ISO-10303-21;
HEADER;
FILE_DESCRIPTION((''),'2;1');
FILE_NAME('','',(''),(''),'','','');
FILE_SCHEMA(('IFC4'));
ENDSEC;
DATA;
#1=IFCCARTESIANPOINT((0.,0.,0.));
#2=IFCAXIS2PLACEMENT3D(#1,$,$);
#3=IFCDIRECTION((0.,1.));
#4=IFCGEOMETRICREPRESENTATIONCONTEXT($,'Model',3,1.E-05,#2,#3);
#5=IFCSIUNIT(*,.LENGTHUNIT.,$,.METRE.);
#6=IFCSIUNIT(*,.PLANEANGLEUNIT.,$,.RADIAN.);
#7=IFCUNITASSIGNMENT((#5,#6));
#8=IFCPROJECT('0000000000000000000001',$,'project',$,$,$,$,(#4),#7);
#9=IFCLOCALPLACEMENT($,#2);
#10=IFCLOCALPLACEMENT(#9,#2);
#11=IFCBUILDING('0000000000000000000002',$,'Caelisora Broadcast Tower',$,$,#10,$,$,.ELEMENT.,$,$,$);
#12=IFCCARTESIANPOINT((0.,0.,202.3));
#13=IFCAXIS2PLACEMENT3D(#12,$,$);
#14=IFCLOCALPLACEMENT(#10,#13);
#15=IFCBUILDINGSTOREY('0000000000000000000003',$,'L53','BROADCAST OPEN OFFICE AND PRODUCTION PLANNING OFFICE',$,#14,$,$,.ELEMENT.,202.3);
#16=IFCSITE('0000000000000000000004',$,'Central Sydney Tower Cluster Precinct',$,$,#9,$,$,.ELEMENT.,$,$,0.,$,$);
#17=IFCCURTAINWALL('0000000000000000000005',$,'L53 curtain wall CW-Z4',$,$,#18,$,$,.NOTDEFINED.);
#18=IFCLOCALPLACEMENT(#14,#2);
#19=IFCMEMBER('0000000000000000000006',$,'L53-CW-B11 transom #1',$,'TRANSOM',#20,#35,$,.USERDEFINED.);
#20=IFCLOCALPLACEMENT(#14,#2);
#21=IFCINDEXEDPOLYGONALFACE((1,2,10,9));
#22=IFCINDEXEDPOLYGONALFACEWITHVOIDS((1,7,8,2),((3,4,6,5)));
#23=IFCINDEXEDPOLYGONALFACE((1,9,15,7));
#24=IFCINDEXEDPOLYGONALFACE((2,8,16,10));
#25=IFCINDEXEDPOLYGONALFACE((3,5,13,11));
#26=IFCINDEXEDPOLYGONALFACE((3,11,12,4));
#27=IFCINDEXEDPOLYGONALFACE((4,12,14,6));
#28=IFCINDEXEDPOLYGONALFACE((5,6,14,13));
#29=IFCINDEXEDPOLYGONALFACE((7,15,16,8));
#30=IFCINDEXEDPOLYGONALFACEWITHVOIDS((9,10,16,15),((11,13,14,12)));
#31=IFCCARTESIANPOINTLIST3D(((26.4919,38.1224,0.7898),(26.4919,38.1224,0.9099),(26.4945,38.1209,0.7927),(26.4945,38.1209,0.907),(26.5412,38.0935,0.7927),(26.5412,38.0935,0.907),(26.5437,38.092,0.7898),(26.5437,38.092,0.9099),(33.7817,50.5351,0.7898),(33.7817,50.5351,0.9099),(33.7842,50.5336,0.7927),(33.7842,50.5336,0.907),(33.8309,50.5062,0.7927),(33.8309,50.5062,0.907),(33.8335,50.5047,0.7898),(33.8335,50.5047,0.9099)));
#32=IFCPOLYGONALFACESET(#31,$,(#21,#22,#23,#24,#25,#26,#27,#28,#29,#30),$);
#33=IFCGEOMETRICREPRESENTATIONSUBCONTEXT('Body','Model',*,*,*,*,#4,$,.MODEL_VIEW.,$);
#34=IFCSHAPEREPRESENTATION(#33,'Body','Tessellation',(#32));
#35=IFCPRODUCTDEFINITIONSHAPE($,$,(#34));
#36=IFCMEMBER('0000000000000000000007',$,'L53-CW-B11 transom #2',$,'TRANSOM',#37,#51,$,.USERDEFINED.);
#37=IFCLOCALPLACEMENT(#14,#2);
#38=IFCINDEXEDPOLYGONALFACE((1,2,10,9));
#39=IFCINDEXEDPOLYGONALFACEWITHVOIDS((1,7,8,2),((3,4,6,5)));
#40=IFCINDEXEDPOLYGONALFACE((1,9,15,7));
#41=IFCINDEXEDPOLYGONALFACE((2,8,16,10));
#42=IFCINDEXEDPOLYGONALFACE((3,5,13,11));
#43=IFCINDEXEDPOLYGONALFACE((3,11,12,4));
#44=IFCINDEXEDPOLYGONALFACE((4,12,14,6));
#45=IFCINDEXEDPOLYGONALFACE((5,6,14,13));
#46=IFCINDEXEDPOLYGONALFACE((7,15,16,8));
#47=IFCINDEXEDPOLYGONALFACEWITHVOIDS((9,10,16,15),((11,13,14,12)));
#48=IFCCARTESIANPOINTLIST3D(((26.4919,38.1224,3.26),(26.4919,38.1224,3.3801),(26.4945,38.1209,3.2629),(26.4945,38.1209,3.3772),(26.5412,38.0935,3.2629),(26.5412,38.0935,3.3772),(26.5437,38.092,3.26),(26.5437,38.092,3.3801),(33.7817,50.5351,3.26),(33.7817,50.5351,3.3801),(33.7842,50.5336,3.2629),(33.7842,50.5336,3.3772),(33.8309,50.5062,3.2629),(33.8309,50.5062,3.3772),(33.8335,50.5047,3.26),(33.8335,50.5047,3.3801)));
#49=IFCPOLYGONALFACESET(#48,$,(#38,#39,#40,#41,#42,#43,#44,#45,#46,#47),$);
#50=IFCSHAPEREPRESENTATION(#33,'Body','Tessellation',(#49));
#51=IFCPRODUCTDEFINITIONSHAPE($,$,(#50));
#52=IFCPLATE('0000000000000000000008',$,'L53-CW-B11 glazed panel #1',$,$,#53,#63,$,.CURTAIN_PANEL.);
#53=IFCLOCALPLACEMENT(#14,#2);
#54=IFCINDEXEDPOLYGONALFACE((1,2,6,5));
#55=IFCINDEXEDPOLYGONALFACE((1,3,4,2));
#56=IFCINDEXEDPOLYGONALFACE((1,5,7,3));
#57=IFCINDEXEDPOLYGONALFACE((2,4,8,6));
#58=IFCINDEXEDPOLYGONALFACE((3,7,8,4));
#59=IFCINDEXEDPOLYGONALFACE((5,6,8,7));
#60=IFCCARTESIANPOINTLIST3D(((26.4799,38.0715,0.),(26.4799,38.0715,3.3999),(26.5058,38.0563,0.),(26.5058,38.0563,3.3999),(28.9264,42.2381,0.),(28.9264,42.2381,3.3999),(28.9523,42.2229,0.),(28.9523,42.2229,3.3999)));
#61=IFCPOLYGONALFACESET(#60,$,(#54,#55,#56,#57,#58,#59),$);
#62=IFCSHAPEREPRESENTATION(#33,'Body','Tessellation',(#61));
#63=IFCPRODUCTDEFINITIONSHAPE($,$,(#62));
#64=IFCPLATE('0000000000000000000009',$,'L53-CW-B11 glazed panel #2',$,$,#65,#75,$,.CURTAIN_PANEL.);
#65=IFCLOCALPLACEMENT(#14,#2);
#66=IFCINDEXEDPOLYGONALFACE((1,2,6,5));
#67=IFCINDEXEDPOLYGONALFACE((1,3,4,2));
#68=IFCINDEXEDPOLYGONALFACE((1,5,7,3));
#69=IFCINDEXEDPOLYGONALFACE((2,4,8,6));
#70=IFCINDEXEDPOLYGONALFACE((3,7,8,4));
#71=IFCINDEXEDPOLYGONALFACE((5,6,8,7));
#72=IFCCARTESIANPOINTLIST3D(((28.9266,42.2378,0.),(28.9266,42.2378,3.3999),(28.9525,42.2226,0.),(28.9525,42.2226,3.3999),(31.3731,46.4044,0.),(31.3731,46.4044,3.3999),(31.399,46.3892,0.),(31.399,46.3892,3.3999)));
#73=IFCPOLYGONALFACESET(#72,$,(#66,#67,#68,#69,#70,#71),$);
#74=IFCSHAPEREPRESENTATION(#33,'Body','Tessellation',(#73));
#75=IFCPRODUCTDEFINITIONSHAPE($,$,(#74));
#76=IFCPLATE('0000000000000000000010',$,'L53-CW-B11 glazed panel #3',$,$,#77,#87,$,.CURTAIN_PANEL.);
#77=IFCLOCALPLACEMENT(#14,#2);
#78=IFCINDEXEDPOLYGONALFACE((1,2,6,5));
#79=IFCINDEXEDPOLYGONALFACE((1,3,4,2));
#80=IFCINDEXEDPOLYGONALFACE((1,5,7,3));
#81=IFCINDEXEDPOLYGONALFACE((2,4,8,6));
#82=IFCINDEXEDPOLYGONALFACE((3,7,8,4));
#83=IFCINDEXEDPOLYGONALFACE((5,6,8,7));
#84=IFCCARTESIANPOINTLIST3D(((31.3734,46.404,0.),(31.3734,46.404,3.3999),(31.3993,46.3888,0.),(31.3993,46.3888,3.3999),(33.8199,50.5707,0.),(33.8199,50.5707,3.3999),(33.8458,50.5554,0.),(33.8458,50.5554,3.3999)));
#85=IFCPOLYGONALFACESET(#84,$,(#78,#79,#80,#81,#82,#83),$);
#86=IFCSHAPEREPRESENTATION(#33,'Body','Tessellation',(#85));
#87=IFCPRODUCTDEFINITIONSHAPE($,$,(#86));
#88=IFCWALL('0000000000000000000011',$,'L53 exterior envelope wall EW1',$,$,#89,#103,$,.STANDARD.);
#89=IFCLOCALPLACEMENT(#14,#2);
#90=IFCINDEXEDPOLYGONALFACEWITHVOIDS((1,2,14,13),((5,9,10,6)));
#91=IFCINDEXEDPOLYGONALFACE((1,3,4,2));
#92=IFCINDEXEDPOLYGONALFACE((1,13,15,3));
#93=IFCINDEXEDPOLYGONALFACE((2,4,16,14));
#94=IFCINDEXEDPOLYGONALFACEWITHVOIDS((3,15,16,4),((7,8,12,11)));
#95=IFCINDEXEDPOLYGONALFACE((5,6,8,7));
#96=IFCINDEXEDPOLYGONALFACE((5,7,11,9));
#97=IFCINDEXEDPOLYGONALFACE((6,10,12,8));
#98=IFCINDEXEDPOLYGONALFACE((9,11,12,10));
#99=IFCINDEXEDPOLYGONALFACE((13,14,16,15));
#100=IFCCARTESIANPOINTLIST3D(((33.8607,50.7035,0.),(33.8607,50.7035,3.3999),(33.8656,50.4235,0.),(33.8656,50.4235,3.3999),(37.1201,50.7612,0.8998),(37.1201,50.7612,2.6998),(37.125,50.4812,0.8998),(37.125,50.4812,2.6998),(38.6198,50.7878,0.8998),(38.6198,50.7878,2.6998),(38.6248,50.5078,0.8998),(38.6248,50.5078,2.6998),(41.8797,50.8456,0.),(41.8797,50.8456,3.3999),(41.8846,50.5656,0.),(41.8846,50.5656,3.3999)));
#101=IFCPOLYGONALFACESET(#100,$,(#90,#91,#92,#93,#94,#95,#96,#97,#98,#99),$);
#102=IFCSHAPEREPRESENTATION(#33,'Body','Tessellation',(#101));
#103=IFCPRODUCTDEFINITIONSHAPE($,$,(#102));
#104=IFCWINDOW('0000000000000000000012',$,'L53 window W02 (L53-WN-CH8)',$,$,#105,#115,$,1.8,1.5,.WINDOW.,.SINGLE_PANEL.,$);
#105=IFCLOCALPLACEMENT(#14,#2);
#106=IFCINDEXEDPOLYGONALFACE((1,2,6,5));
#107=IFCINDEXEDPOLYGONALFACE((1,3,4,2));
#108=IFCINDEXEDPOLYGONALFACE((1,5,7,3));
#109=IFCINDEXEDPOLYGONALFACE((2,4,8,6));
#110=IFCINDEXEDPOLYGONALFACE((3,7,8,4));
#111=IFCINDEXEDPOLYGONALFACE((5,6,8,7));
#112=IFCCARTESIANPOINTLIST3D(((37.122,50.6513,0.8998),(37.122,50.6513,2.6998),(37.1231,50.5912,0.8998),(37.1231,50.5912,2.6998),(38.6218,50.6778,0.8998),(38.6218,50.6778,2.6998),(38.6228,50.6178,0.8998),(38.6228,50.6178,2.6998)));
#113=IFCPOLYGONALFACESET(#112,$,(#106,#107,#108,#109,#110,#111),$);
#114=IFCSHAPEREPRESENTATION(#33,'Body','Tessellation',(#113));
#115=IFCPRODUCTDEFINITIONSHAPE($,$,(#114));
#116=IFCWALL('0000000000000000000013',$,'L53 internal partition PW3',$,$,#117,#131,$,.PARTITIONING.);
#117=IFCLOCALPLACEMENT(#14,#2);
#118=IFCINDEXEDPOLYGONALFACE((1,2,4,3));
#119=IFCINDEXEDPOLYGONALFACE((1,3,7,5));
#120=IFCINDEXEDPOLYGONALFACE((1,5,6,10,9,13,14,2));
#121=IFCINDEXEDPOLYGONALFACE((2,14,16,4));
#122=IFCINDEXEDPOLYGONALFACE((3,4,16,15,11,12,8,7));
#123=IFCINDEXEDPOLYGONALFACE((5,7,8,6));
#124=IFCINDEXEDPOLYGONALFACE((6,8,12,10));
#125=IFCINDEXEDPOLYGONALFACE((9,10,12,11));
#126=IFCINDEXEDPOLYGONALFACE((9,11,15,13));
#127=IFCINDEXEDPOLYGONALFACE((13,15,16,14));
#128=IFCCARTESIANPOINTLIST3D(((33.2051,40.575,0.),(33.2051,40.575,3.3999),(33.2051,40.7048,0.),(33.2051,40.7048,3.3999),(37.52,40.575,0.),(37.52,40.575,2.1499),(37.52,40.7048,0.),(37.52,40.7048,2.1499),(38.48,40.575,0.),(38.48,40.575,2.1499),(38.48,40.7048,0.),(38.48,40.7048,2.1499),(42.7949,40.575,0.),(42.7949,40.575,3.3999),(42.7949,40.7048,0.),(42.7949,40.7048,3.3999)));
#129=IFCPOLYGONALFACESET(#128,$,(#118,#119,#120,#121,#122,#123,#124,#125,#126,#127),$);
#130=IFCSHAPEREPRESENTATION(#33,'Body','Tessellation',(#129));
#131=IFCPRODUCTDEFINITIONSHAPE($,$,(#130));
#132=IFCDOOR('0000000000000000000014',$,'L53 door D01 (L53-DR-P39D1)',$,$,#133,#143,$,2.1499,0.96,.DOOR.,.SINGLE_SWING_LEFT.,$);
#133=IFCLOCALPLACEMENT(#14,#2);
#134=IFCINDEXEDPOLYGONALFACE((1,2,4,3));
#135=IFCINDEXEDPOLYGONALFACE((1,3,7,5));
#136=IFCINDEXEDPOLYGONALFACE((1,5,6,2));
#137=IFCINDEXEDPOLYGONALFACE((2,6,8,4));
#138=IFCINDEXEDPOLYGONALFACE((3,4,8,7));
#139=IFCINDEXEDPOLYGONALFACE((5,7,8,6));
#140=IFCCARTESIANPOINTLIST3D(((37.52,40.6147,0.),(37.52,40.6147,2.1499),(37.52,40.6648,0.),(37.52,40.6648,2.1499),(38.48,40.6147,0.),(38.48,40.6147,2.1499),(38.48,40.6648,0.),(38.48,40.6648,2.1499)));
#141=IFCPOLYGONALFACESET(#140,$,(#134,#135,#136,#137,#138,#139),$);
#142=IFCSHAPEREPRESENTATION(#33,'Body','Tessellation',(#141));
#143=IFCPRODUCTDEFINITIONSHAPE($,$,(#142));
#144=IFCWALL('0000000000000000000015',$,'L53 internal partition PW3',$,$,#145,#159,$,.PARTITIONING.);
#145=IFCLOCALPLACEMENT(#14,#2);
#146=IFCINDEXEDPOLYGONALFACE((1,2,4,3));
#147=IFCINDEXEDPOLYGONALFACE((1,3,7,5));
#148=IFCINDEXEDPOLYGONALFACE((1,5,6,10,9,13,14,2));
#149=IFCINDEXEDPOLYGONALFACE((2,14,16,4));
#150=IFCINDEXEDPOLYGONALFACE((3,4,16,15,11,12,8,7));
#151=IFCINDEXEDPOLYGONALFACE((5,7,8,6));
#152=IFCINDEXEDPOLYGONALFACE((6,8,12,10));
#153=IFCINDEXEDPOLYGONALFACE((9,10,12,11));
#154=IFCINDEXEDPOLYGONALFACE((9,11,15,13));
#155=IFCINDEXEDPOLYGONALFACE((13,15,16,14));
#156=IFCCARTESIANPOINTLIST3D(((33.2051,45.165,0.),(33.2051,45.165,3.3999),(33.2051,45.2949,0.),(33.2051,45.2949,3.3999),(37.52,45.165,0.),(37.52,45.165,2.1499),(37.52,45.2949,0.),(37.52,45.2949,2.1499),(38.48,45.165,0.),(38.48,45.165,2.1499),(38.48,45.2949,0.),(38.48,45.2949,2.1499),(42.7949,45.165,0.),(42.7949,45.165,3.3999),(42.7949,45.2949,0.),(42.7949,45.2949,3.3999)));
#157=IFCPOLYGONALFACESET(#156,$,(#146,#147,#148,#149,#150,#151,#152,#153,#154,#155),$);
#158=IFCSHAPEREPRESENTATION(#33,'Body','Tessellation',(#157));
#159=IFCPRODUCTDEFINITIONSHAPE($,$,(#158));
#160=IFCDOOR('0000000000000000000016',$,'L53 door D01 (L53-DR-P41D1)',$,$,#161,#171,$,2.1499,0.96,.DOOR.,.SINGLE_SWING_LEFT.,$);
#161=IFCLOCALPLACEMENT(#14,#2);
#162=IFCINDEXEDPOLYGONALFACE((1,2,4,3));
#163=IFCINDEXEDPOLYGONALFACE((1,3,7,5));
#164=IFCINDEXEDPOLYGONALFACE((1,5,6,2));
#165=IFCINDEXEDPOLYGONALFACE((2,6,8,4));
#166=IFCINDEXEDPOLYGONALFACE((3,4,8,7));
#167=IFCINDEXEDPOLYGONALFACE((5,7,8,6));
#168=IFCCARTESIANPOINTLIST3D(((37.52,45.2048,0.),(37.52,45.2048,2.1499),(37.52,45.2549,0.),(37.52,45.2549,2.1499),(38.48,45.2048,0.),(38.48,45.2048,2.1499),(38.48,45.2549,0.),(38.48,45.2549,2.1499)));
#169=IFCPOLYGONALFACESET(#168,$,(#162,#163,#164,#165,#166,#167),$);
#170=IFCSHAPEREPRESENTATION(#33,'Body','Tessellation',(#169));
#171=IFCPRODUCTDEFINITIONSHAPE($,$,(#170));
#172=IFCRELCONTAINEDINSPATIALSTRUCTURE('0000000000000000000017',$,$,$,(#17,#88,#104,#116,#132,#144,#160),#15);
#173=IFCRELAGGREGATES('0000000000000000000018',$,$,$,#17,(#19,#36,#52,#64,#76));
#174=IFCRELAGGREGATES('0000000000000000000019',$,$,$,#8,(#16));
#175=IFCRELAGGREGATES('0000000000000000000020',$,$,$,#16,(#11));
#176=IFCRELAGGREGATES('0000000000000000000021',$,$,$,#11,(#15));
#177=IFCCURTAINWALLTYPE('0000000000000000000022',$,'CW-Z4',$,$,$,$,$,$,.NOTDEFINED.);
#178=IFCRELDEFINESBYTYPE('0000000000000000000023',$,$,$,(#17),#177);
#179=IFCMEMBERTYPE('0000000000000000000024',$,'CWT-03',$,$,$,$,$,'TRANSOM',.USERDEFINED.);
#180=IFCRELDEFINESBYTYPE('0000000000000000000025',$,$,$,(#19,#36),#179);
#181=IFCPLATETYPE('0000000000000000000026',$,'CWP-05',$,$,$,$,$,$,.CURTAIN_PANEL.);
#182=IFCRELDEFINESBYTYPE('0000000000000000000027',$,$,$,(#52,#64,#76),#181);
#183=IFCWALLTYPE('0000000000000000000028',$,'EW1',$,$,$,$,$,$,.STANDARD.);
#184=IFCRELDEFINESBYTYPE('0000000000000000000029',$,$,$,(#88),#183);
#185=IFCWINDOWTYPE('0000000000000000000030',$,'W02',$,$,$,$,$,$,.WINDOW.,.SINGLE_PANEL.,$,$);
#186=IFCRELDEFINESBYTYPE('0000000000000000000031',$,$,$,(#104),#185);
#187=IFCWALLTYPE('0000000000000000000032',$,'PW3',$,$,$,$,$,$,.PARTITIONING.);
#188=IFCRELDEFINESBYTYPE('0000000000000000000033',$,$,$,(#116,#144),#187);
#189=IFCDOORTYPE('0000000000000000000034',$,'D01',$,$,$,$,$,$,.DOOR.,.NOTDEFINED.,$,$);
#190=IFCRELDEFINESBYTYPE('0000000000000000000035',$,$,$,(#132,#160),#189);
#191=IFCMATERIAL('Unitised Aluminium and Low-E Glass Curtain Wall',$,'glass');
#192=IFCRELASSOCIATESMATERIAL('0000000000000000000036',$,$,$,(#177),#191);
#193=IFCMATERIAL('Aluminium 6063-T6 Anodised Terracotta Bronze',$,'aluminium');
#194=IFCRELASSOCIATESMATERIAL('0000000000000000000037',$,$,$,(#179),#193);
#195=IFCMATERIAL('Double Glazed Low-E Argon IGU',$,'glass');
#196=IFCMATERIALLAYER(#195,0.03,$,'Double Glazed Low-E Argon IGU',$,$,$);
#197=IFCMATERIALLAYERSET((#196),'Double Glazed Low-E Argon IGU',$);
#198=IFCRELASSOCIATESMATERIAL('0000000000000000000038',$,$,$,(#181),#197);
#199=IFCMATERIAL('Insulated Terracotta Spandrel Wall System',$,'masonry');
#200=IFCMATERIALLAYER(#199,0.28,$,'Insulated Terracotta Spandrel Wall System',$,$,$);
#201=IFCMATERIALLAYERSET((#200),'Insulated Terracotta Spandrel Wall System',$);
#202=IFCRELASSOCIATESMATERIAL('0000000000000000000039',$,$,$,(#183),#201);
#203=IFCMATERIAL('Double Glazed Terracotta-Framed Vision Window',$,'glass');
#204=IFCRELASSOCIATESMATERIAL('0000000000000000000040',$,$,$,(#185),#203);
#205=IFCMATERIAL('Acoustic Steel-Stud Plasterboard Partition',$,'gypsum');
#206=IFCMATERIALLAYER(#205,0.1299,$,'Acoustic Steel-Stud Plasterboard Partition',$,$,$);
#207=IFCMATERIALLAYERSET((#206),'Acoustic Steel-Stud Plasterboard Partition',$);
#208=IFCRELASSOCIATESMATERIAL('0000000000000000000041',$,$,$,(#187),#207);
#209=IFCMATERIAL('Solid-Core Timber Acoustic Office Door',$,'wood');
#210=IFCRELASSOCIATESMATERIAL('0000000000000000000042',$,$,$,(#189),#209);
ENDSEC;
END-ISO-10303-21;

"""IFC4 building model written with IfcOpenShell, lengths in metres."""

from ifc_helpers import new_model, si_unit, direction, frame, frame_2d, origin, origin_2d, place, context, subcontext, project, spatial, rectangle, hollow_rectangle, extrude, source, transform, mapped, material, layer, layer_set, material_profile, profile_set, type_object, type_shapes, element, fill, aggregate, save


model = new_model("IFC4")

# Units and contexts
model_context = context("Model", 3, precision=1e-05, world=origin(), true_north=direction((0.0, 1.0)))
body_context = subcontext(model_context, "Body", "Model", "MODEL_VIEW")
ifc_project = project(units=[si_unit("LENGTHUNIT", "METRE"), si_unit("PLANEANGLEUNIT", "RADIAN")], contexts=[model_context])

# Site, building, storey
site_placement = place(None, origin())
site = spatial("IfcSite", under=ifc_project, at=site_placement, Name="Central Sydney Tower Cluster Precinct", CompositionType="ELEMENT", RefElevation=0.0)
building_placement = place(site_placement, origin())
building = spatial("IfcBuilding", under=site, at=building_placement, Name="Caelisora Broadcast Tower", CompositionType="ELEMENT")
storey_placement = place(building_placement, frame((0.0, 0.0, 202.3)))
storey = spatial("IfcBuildingStorey", under=building, at=storey_placement, Name="L53", Description="BROADCAST OPEN OFFICE AND PRODUCTION PLANNING OFFICE", CompositionType="ELEMENT", Elevation=202.3)

# Curtain wall, members, plates
ifc_material_1 = material(Name="Unitised Aluminium and Low-E Glass Curtain Wall", Category="glass")
curtain_wall_type = type_object("IfcCurtainWallType", Name="CW-Z4", PredefinedType="NOTDEFINED", material=ifc_material_1)
curtain_wall_placement = place(storey_placement, origin())
curtain_wall = element("IfcCurtainWall", 1, at=curtain_wall_placement, inside=storey, type_object=curtain_wall_type, Name="L53 curtain wall CW-Z4", PredefinedType="NOTDEFINED")
ifc_material_2 = material(Name="Aluminium 6063-T6 Anodised Terracotta Bronze", Category="aluminium")
ifc_material_profile_1 = material_profile(ifc_material_2, hollow_rectangle(XDim=0.0601, YDim=0.1201, WallThickness=0.0029, at=origin_2d()), Name="Aluminium 6063-T6 Anodised Terracotta Bronze")
ifc_profile_set_1 = profile_set([ifc_material_profile_1], Name="Aluminium 6063-T6 Anodised Terracotta Bronze")
member_type_1 = type_object("IfcMemberType", Name="CWT-03", ElementType="TRANSOM", PredefinedType="USERDEFINED", material=ifc_profile_set_1)
shared_shape_1 = source(origin(), body_context, "Body", "SweptSolid", [
    extrude(hollow_rectangle(XDim=0.0601, YDim=0.1201, WallThickness=0.0029, at=origin_2d()), origin(), (0.0, 0.0, 1.0), 14.395),
])
type_shapes(member_type_1, [shared_shape_1])
member_1_placement = place(storey_placement, frame((26.5178, 38.1072, 0.8499), z_axis=(0.506407, 0.862295, 0.0), x_axis=(-0.862295, 0.506407, 0.0)))
member_1 = element("IfcMember", 2, at=member_1_placement, type_object=member_type_1, Name="L53-CW-B11 transom #1", ObjectType="TRANSOM", PredefinedType="USERDEFINED", context=body_context, shape_type="MappedRepresentation", body=[
    mapped(shared_shape_1, transform((0.0, 0.0, 0.0), scale=1.0)),
])
member_2_placement = place(storey_placement, frame((26.5178, 38.1072, 3.3201), z_axis=(0.506407, 0.862295, 0.0), x_axis=(-0.862295, 0.506407, 0.0)))
member_2 = element("IfcMember", 3, at=member_2_placement, type_object=member_type_1, Name="L53-CW-B11 transom #2", ObjectType="TRANSOM", PredefinedType="USERDEFINED", context=body_context, shape_type="MappedRepresentation", body=[
    mapped(shared_shape_1, transform((0.0, 0.0, 0.0), scale=1.0)),
])
ifc_material_3 = material(Name="Double Glazed Low-E Argon IGU", Category="glass")
ifc_layer_1 = layer(ifc_material_3, 0.03, Name="Double Glazed Low-E Argon IGU")
ifc_layer_set_1 = layer_set([ifc_layer_1], Name="Double Glazed Low-E Argon IGU")
plate_type = type_object("IfcPlateType", Name="CWP-05", PredefinedType="CURTAIN_PANEL", material=ifc_layer_set_1)
shared_shape_2 = source(origin(), body_context, "Body", "SweptSolid", [
    extrude(rectangle(XDim=4.8318, YDim=0.03, at=origin_2d()), origin(), (0.0, 0.0, 1.0), 3.3999),
])
type_shapes(plate_type, [shared_shape_2])
plate_1_placement = place(storey_placement, frame((27.7161, 40.1472, 0.0), z_axis=(0.0, 0.0, 1.0), x_axis=(0.506335, 0.862337, 0.0)))
plate_1 = element("IfcPlate", 4, at=plate_1_placement, type_object=plate_type, Name="L53-CW-B11 glazed panel #1", PredefinedType="CURTAIN_PANEL", context=body_context, shape_type="MappedRepresentation", body=[
    mapped(shared_shape_2, transform((0.0, 0.0, 0.0), scale=1.0)),
])
plate_2_placement = place(storey_placement, frame((30.1628, 44.3135, 0.0), z_axis=(0.0, 0.0, 1.0), x_axis=(0.506335, 0.862337, 0.0)))
plate_2 = element("IfcPlate", 5, at=plate_2_placement, type_object=plate_type, Name="L53-CW-B11 glazed panel #2", PredefinedType="CURTAIN_PANEL", context=body_context, shape_type="MappedRepresentation", body=[
    mapped(shared_shape_2, transform((0.0, 0.0, 0.0), scale=1.0)),
])
plate_3_placement = place(storey_placement, frame((32.6096, 48.4797, 0.0), z_axis=(0.0, 0.0, 1.0), x_axis=(0.506335, 0.862337, 0.0)))
plate_3 = element("IfcPlate", 6, at=plate_3_placement, type_object=plate_type, Name="L53-CW-B11 glazed panel #3", PredefinedType="CURTAIN_PANEL", context=body_context, shape_type="MappedRepresentation", body=[
    mapped(shared_shape_2, transform((0.0, 0.0, 0.0), scale=1.0)),
])
aggregate(curtain_wall, [member_1, member_2, plate_1, plate_2, plate_3])

# Wall, opening, window
ifc_material_4 = material(Name="Insulated Terracotta Spandrel Wall System", Category="masonry")
ifc_layer_2 = layer(ifc_material_4, 0.28, Name="Insulated Terracotta Spandrel Wall System")
ifc_layer_set_2 = layer_set([ifc_layer_2], Name="Insulated Terracotta Spandrel Wall System")
wall_type_1 = type_object("IfcWallType", Name="EW1", PredefinedType="STANDARD", material=ifc_layer_set_2)
wall_1_placement = place(storey_placement, frame((33.863, 50.5635, 0.0), z_axis=(0.0, 0.0, 1.0), x_axis=(0.999843, 0.017716, 0.0)))
wall_1 = element("IfcWall", 7, at=wall_1_placement, inside=storey, type_object=wall_type_1, Name="L53 exterior envelope wall EW1", PredefinedType="STANDARD", context=body_context, shape_type="SweptSolid", body=[
    extrude(rectangle(XDim=8.0203, YDim=0.28, at=frame_2d((4.0103, 0.0))), origin(), (0.0, 0.0, 1.0), 3.3999),
])
opening_1_placement = place(wall_1_placement, frame((3.26, 0.0, 0.8999)))
opening_1 = element("IfcOpeningElement", 8, at=opening_1_placement, cuts=wall_1, PredefinedType="OPENING", context=body_context, shape_type="SweptSolid", body=[
    extrude(rectangle(XDim=1.5, YDim=1.8, at=frame_2d((0.75, 0.8999))), frame((0.0, 0.1521, 0.0), z_axis=(0.0, -1.0, 0.0), x_axis=(1.0, 0.0, 0.0)), (0.0, 0.0, 1.0), 0.304),
])
ifc_material_5 = material(Name="Double Glazed Terracotta-Framed Vision Window", Category="glass")
window_type = type_object("IfcWindowType", Name="W02", PartitioningType="SINGLE_PANEL", PredefinedType="WINDOW", material=ifc_material_5)
window_placement = place(opening_1_placement, origin())
window = element("IfcWindow", 9, at=window_placement, inside=storey, type_object=window_type, Name="L53 window W02 (L53-WN-CH8)", OverallHeight=1.8, OverallWidth=1.5, PartitioningType="SINGLE_PANEL", PredefinedType="WINDOW", context=body_context, shape_type="SweptSolid", body=[
    extrude(rectangle(XDim=1.5, YDim=1.8, at=frame_2d((0.75, 0.8999))), frame((0.0, 0.03, 0.0), z_axis=(0.0, -1.0, 0.0), x_axis=(1.0, 0.0, 0.0)), (0.0, 0.0, 1.0), 0.0601),
])
fill(opening_1, window)

# Walls, openings, doors
ifc_material_6 = material(Name="Acoustic Steel-Stud Plasterboard Partition", Category="gypsum")
ifc_layer_3 = layer(ifc_material_6, 0.1299, Name="Acoustic Steel-Stud Plasterboard Partition")
ifc_layer_set_3 = layer_set([ifc_layer_3], Name="Acoustic Steel-Stud Plasterboard Partition")
wall_type_2 = type_object("IfcWallType", Name="PW3", PredefinedType="PARTITIONING", material=ifc_layer_set_3)
wall_2_placement = place(storey_placement, frame((33.2051, 40.6399, 0.0), z_axis=(0.0, 0.0, 1.0), x_axis=(1.0, 0.0, 0.0)))
wall_2 = element("IfcWall", 10, at=wall_2_placement, inside=storey, type_object=wall_type_2, Name="L53 internal partition PW3", PredefinedType="PARTITIONING", context=body_context, shape_type="SweptSolid", body=[
    extrude(rectangle(XDim=9.5898, YDim=0.1299, at=frame_2d((4.7949, 0.0))), origin(), (0.0, 0.0, 1.0), 3.3999),
])
opening_2_placement = place(wall_2_placement, frame((4.3149, 0.0, 0.0)))
opening_2 = element("IfcOpeningElement", 11, at=opening_2_placement, cuts=wall_2, PredefinedType="OPENING", context=body_context, shape_type="SweptSolid", body=[
    extrude(rectangle(XDim=0.96, YDim=2.1499, at=frame_2d((0.48, 1.075))), frame((0.0, 0.0769, 0.0), z_axis=(0.0, -1.0, 0.0), x_axis=(1.0, 0.0, 0.0)), (0.0, 0.0, 1.0), 0.1538),
])
ifc_material_7 = material(Name="Solid-Core Timber Acoustic Office Door", Category="wood")
door_type = type_object("IfcDoorType", Name="D01", OperationType="NOTDEFINED", PredefinedType="DOOR", material=ifc_material_7)
door_1_placement = place(opening_2_placement, origin())
door_1 = element("IfcDoor", 12, at=door_1_placement, inside=storey, type_object=door_type, Name="L53 door D01 (L53-DR-P39D1)", OperationType="SINGLE_SWING_LEFT", OverallHeight=2.1499, OverallWidth=0.96, PredefinedType="DOOR", context=body_context, shape_type="SweptSolid", body=[
    extrude(rectangle(XDim=0.96, YDim=2.1499, at=frame_2d((0.48, 1.075))), frame((0.0, 0.0249, 0.0), z_axis=(0.0, -1.0, 0.0), x_axis=(1.0, 0.0, 0.0)), (0.0, 0.0, 1.0), 0.05),
])
fill(opening_2, door_1)
wall_3_placement = place(storey_placement, frame((33.2051, 45.23, 0.0), z_axis=(0.0, 0.0, 1.0), x_axis=(1.0, 0.0, 0.0)))
wall_3 = element("IfcWall", 13, at=wall_3_placement, inside=storey, type_object=wall_type_2, Name="L53 internal partition PW3", PredefinedType="PARTITIONING", context=body_context, shape_type="SweptSolid", body=[
    extrude(rectangle(XDim=9.5898, YDim=0.1299, at=frame_2d((4.7949, 0.0))), origin(), (0.0, 0.0, 1.0), 3.3999),
])
opening_3_placement = place(wall_3_placement, frame((4.3149, 0.0, 0.0)))
opening_3 = element("IfcOpeningElement", 14, at=opening_3_placement, cuts=wall_3, PredefinedType="OPENING", context=body_context, shape_type="SweptSolid", body=[
    extrude(rectangle(XDim=0.96, YDim=2.1499, at=frame_2d((0.48, 1.075))), frame((0.0, 0.0769, 0.0), z_axis=(0.0, -1.0, 0.0), x_axis=(1.0, 0.0, 0.0)), (0.0, 0.0, 1.0), 0.1538),
])
door_2_placement = place(opening_3_placement, origin())
door_2 = element("IfcDoor", 15, at=door_2_placement, inside=storey, type_object=door_type, Name="L53 door D01 (L53-DR-P41D1)", OperationType="SINGLE_SWING_LEFT", OverallHeight=2.1499, OverallWidth=0.96, PredefinedType="DOOR", context=body_context, shape_type="SweptSolid", body=[
    extrude(rectangle(XDim=0.96, YDim=2.1499, at=frame_2d((0.48, 1.075))), frame((0.0, 0.0249, 0.0), z_axis=(0.0, -1.0, 0.0), x_axis=(1.0, 0.0, 0.0)), (0.0, 0.0, 1.0), 0.05),
])
fill(opening_3, door_2)

save(model, "model.ifc")
